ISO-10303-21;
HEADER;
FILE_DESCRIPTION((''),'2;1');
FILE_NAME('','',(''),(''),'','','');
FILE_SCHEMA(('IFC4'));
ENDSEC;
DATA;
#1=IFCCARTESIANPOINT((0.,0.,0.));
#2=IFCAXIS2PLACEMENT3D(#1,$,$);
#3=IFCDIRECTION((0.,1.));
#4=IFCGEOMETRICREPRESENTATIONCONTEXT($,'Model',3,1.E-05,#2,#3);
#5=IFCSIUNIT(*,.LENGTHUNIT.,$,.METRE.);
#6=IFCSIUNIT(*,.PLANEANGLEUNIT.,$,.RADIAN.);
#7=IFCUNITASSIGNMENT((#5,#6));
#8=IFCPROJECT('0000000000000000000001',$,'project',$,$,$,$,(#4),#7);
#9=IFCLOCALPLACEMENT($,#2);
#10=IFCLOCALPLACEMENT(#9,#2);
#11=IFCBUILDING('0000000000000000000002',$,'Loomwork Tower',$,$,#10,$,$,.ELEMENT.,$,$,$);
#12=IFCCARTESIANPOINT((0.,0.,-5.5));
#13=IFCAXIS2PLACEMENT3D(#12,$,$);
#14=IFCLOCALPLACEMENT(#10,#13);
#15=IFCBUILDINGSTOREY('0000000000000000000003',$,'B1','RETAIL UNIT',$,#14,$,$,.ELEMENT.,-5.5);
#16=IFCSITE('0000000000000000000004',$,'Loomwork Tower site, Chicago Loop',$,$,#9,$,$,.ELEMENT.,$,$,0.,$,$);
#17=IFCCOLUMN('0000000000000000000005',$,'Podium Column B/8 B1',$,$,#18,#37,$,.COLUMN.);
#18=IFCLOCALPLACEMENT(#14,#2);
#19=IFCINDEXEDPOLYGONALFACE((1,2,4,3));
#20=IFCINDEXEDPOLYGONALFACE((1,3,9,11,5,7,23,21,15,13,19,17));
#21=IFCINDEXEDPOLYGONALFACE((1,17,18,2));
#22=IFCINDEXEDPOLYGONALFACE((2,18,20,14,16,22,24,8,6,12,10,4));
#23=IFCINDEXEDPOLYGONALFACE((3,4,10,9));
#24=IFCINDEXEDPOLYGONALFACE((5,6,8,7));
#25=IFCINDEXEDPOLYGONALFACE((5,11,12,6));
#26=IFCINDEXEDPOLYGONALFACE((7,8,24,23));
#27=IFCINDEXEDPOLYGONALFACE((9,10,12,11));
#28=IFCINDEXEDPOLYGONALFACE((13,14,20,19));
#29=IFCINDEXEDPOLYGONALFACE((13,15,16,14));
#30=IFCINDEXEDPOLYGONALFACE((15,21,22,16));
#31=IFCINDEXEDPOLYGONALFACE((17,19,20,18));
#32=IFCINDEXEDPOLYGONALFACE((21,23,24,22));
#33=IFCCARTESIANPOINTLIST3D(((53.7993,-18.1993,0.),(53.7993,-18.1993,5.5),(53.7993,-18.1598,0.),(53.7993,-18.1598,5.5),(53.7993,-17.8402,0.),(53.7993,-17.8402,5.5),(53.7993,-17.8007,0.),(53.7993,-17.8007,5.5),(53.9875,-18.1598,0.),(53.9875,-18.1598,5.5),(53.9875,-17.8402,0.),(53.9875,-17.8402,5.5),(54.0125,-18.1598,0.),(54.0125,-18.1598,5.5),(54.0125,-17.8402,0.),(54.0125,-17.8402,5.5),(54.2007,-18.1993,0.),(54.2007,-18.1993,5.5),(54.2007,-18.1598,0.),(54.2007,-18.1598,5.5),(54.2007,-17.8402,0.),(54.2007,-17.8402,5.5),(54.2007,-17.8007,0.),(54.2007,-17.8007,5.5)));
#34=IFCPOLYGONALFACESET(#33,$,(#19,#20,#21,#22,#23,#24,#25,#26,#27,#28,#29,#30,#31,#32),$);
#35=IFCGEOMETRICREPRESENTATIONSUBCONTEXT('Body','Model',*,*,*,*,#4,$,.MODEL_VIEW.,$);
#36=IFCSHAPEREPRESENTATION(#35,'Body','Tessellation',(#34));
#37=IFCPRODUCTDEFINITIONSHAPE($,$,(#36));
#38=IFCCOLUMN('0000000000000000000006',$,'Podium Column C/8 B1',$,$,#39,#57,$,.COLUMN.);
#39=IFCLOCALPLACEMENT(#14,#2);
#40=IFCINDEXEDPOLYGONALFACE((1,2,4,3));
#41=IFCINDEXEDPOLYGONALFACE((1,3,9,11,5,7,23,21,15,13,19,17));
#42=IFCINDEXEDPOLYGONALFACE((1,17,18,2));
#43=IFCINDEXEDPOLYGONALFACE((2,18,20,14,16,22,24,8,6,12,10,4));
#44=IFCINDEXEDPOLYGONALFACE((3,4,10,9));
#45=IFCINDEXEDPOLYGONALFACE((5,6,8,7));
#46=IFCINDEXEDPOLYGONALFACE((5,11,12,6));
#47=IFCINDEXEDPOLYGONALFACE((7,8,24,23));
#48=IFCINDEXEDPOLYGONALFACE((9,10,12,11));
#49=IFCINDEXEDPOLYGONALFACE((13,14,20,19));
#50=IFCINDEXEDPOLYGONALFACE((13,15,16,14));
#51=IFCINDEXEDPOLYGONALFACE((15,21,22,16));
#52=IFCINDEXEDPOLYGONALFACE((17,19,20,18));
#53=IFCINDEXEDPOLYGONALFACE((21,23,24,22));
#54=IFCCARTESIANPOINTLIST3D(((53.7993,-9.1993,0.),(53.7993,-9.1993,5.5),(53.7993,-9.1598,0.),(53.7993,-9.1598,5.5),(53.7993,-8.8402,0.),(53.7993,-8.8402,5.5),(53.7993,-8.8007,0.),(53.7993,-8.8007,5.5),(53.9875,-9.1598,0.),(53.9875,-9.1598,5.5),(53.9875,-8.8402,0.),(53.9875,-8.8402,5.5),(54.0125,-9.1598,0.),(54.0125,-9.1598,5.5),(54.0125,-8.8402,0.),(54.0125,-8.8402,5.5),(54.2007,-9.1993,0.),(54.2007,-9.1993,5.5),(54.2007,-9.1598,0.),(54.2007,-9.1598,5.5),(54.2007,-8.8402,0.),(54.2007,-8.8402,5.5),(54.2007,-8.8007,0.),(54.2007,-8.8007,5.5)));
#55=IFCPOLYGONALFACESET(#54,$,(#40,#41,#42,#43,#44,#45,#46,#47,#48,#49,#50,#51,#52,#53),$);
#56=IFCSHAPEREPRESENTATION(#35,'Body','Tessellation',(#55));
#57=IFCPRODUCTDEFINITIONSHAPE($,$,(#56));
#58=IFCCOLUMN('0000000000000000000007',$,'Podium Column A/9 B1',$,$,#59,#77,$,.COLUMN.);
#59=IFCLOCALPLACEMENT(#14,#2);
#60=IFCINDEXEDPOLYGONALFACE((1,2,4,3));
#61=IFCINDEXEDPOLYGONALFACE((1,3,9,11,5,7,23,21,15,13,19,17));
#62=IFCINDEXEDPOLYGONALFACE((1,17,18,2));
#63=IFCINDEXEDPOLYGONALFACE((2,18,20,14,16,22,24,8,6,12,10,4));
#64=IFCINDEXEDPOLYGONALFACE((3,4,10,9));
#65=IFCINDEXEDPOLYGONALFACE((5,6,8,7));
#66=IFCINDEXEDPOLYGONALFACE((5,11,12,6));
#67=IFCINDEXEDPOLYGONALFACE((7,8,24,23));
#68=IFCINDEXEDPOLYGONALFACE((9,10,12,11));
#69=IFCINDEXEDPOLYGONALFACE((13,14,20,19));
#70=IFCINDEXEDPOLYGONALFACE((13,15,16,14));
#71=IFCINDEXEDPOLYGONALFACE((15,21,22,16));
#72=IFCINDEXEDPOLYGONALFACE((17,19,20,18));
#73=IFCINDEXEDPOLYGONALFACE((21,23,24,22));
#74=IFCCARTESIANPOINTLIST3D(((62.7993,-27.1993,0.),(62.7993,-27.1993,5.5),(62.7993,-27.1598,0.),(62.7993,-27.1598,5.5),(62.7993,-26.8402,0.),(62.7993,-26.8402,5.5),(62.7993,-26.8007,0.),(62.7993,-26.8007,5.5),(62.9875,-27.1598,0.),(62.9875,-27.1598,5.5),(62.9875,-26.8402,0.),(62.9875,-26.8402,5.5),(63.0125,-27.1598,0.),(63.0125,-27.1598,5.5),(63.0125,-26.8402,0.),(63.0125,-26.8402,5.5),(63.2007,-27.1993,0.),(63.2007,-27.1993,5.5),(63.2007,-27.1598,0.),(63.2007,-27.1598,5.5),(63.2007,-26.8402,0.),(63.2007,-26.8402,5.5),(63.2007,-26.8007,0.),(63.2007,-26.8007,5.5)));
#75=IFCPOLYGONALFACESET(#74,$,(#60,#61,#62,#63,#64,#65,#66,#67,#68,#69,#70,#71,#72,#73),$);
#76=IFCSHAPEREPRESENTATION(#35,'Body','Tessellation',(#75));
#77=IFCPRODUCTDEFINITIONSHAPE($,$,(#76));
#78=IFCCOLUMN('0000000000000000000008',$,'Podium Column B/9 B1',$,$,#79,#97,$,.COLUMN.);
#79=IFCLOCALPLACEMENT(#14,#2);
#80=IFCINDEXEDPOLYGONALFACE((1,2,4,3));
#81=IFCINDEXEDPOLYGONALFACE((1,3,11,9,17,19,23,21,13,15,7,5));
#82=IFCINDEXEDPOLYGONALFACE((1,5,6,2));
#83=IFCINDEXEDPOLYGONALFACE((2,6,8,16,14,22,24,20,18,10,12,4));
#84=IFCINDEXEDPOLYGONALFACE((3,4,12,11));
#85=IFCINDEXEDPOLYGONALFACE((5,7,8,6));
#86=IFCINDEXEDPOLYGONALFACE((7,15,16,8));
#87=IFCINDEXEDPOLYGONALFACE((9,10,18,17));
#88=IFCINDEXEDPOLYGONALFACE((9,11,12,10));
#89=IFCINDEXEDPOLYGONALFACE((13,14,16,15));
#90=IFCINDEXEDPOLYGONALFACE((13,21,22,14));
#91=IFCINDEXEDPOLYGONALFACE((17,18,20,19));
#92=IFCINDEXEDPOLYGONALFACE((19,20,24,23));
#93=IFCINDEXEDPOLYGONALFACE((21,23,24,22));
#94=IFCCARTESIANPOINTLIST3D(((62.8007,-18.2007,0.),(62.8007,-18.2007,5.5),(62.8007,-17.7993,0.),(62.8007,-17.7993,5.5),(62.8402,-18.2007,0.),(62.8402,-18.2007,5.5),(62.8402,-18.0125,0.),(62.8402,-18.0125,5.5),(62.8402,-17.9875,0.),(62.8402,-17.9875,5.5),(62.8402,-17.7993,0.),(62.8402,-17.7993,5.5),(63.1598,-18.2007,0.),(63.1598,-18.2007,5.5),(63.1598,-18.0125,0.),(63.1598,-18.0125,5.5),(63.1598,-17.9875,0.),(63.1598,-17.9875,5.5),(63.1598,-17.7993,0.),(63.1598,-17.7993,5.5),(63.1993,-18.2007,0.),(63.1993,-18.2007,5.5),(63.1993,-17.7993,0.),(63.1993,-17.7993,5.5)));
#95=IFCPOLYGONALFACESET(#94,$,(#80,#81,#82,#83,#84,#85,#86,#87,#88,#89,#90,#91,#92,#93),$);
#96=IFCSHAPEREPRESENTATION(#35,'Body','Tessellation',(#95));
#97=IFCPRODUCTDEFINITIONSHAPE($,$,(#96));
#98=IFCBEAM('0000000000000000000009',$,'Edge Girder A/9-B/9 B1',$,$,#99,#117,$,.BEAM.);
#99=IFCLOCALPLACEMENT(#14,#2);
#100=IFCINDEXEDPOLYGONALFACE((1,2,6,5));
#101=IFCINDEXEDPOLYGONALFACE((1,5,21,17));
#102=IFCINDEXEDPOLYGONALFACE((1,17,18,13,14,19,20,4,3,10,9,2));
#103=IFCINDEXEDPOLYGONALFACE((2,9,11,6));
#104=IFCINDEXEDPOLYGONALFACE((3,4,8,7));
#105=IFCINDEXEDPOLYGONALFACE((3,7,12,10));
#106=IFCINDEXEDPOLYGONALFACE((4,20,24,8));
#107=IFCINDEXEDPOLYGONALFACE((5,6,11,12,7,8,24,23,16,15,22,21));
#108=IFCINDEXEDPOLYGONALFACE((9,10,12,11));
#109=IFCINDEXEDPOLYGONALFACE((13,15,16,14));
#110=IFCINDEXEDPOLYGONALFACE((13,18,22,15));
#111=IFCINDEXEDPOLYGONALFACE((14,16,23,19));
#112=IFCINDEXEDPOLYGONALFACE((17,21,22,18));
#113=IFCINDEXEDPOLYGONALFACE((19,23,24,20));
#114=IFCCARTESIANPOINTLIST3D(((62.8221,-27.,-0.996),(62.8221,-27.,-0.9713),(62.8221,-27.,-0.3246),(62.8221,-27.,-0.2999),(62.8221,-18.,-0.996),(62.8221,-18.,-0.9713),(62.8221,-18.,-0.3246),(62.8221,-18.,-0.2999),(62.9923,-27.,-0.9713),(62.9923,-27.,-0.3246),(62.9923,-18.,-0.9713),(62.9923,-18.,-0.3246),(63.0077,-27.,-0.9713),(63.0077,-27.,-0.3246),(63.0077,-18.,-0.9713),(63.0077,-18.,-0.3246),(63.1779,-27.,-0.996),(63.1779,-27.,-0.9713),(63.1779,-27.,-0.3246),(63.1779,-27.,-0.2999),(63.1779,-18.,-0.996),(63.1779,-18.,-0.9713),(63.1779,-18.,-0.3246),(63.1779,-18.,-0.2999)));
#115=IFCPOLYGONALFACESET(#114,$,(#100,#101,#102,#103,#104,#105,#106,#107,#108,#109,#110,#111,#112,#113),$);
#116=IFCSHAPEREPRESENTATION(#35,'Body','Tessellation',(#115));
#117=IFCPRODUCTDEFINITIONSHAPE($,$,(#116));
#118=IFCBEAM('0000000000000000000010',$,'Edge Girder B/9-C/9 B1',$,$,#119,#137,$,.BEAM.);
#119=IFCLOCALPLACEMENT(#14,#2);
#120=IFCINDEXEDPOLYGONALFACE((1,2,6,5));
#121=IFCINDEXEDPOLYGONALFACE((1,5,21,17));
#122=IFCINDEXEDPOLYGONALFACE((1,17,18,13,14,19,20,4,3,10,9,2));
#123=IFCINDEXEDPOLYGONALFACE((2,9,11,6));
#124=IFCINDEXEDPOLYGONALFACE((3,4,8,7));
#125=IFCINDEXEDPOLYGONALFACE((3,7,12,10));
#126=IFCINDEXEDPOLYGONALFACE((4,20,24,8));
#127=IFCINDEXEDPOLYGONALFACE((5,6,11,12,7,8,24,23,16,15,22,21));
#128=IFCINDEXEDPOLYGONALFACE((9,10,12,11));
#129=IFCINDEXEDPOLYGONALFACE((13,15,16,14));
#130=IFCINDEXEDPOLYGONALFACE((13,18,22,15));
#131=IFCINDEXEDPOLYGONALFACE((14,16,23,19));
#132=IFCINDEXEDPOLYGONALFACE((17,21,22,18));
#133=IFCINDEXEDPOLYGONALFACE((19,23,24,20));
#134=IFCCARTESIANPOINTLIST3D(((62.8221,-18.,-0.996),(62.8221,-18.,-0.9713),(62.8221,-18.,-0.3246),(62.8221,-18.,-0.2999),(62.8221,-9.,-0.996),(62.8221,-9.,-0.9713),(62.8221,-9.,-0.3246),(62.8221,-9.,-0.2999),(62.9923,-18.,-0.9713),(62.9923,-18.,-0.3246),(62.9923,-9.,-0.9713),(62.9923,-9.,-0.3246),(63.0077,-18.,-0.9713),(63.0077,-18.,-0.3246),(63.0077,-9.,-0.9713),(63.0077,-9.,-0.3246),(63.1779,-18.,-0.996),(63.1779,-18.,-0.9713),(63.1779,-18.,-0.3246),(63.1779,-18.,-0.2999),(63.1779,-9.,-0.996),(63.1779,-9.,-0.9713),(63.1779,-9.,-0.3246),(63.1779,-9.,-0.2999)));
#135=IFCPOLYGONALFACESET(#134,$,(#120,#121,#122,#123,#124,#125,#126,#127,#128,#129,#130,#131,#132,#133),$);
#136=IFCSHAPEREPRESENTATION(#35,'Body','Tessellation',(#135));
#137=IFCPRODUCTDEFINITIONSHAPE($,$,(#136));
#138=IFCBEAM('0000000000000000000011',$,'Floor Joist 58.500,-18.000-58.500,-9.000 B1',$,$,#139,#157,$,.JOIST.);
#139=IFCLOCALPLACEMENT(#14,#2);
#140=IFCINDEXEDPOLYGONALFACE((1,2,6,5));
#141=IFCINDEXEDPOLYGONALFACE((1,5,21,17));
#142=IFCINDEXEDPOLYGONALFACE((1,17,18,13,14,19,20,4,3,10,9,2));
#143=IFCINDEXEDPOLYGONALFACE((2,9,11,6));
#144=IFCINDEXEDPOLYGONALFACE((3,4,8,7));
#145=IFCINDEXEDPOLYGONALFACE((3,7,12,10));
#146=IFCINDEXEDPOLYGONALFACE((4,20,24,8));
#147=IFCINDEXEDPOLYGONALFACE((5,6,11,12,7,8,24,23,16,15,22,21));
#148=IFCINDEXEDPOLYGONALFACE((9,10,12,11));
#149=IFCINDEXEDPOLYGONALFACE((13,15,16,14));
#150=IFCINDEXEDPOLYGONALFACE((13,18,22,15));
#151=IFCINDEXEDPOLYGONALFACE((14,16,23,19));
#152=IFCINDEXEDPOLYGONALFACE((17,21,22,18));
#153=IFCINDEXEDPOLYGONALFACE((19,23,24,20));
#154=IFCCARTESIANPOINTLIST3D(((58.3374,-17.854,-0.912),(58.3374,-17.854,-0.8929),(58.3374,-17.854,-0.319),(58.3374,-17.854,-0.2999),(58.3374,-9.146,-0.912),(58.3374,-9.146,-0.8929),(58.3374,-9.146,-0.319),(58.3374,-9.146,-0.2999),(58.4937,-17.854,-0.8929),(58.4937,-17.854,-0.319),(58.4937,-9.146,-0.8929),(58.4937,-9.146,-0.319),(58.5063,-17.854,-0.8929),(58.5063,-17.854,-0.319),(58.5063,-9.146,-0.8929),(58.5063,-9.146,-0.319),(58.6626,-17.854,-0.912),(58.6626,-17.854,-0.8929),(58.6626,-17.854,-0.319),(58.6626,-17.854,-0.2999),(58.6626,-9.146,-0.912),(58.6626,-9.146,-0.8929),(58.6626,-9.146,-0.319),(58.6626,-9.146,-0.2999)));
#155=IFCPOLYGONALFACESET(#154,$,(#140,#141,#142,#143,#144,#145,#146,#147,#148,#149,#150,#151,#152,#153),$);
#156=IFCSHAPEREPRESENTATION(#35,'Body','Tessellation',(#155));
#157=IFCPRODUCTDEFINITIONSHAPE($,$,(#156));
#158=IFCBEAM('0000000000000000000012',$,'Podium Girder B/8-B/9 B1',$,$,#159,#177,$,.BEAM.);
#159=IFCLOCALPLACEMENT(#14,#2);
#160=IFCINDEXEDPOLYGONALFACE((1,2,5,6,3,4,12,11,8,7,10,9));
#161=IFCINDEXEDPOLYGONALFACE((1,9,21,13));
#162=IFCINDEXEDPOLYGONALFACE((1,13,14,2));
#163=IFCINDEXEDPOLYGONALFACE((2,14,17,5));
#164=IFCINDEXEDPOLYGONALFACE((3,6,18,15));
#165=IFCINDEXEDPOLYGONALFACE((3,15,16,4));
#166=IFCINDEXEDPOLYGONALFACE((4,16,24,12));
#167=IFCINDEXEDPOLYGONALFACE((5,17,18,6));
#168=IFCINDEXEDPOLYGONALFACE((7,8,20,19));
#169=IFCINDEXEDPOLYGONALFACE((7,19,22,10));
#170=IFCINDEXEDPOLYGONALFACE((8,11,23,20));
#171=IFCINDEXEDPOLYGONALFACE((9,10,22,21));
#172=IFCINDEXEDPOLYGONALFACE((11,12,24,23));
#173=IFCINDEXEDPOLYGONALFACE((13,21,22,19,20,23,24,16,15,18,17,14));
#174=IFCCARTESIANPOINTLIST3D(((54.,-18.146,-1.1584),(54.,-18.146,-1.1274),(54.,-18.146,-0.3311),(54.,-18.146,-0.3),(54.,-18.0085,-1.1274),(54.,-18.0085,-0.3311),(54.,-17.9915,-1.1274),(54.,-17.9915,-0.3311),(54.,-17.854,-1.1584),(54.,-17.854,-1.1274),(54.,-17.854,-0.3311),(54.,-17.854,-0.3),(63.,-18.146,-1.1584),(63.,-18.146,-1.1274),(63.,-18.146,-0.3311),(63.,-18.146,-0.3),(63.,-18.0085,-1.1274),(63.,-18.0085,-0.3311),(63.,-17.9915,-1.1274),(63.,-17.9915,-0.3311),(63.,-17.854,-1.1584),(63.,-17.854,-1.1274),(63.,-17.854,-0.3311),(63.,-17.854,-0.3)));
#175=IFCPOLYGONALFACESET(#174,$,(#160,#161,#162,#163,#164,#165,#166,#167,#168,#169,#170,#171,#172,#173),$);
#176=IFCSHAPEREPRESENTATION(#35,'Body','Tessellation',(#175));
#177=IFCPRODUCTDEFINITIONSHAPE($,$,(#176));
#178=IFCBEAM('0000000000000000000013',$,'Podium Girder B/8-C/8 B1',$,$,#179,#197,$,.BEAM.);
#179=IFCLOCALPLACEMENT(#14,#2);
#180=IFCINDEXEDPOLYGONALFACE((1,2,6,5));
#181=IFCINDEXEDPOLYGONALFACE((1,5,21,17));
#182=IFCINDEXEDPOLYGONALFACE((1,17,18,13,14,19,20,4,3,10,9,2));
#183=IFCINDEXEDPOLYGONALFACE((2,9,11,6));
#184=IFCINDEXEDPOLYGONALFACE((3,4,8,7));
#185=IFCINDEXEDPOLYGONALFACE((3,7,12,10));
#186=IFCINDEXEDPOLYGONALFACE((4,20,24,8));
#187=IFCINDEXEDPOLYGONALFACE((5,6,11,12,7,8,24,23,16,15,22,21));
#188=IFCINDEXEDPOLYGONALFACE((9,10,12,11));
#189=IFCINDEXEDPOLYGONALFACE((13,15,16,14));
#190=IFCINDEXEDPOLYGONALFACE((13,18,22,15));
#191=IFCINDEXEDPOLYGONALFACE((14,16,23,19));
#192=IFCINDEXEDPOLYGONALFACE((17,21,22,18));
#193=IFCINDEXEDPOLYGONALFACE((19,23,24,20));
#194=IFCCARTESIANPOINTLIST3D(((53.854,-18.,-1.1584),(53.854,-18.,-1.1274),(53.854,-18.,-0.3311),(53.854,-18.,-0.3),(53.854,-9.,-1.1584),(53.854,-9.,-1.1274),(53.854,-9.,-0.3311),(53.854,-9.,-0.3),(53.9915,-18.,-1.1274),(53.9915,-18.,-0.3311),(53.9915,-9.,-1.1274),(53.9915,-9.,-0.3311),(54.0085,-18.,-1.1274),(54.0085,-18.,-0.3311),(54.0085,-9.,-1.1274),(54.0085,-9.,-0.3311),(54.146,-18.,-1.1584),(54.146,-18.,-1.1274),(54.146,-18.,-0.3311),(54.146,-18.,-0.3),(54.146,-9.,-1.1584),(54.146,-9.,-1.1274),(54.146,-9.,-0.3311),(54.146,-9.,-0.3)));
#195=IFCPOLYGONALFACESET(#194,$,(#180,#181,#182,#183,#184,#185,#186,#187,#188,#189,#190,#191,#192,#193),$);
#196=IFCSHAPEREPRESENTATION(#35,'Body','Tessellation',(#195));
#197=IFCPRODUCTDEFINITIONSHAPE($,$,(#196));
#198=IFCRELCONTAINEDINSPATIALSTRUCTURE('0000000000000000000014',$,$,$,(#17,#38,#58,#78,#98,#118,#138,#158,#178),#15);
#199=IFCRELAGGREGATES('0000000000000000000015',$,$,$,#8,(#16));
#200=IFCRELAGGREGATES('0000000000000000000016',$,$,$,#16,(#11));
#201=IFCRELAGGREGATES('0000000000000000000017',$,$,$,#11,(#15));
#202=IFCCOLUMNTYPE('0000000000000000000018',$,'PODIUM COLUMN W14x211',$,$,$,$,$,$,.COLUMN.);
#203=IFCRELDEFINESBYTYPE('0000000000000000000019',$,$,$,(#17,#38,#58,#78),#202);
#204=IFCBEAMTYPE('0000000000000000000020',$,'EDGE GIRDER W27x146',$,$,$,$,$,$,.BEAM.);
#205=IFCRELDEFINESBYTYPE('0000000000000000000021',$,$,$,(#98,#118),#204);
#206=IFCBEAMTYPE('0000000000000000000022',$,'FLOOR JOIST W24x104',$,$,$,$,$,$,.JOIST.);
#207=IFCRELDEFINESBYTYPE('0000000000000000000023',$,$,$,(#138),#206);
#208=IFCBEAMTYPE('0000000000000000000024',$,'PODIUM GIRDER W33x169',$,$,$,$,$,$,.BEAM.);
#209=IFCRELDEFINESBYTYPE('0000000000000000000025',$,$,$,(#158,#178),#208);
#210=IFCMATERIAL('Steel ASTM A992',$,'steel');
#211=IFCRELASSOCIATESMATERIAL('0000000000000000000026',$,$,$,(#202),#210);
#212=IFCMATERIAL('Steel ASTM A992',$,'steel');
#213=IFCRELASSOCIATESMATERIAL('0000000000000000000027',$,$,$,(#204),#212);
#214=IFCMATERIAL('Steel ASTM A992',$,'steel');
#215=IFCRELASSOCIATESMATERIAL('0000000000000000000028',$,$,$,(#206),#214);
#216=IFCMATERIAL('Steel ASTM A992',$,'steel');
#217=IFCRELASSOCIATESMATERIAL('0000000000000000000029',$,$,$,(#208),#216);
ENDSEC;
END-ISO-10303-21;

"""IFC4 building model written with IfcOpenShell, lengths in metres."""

from ifc_helpers import new_model, si_unit, direction, frame, origin, origin_2d, place, context, subcontext, project, spatial, i_section, extrude, material, material_profile, profile_set, type_object, element, save


model = new_model("IFC4")

# Units and contexts
model_context = context("Model", 3, precision=1e-05, world=origin(), true_north=direction((0.0, 1.0)))
body_context = subcontext(model_context, "Body", "Model", "MODEL_VIEW")
ifc_project = project(units=[si_unit("LENGTHUNIT", "METRE"), si_unit("PLANEANGLEUNIT", "RADIAN")], contexts=[model_context])

# Site, building, storey
site_placement = place(None, origin())
site = spatial("IfcSite", under=ifc_project, at=site_placement, Name="Loomwork Tower site, Chicago Loop", CompositionType="ELEMENT", RefElevation=0.0)
building_placement = place(site_placement, origin())
building = spatial("IfcBuilding", under=site, at=building_placement, Name="Loomwork Tower", CompositionType="ELEMENT")
storey_placement = place(building_placement, frame((0.0, 0.0, -5.5)))
storey = spatial("IfcBuildingStorey", under=building, at=storey_placement, Name="B1", Description="RETAIL UNIT", CompositionType="ELEMENT", Elevation=-5.5)

# Columns
ifc_material_1 = material(Name="Steel ASTM A992", Category="steel")
ifc_material_profile_1 = material_profile(ifc_material_1, i_section(OverallWidth=0.4014, OverallDepth=0.3987, WebThickness=0.0249, FlangeThickness=0.0396, at=origin_2d()), Name="W14x211")
ifc_profile_set_1 = profile_set([ifc_material_profile_1], Name="Steel ASTM A992")
column_type = type_object("IfcColumnType", Name="PODIUM COLUMN W14x211", PredefinedType="COLUMN", material=ifc_profile_set_1)
for number, where, z_axis, x_axis, name in (
    (1, (54.0, -18.0, 0.0), (0.0, 0.0, 1.0), (1.0, 0.0, 0.0), "Podium Column B/8 B1"),
    (2, (54.0, -9.0, 0.0), (0.0, 0.0, 1.0), (1.0, 0.0, 0.0), "Podium Column C/8 B1"),
    (3, (63.0, -27.0, 0.0), (0.0, 0.0, 1.0), (1.0, 0.0, 0.0), "Podium Column A/9 B1"),
    (4, (63.0, -18.0, 0.0), (0.0, 0.0, 1.0), (0.0, 1.0, 0.0), "Podium Column B/9 B1"),
):
    element("IfcColumn", number, at=place(storey_placement, frame(where, z_axis=z_axis, x_axis=x_axis)), inside=storey, type_object=column_type, Name=name, PredefinedType="COLUMN", context=body_context, shape_type="SweptSolid", body=[
        extrude(i_section(OverallWidth=0.4014, OverallDepth=0.3987, WebThickness=0.0249, FlangeThickness=0.0396, at=origin_2d()), origin(), (0.0, 0.0, 1.0), 5.5),
    ])

# Beams
ifc_material_2 = material(Name="Steel ASTM A992", Category="steel")
ifc_material_profile_2 = material_profile(ifc_material_2, i_section(OverallWidth=0.3557, OverallDepth=0.696, WebThickness=0.0154, FlangeThickness=0.0247, at=origin_2d()), Name="W27x146")
ifc_profile_set_2 = profile_set([ifc_material_profile_2], Name="Steel ASTM A992")
beam_type_1 = type_object("IfcBeamType", Name="EDGE GIRDER W27x146", PredefinedType="BEAM", material=ifc_profile_set_2)
for number, where, z_axis, x_axis, name in (
    (5, (63.0, -27.0, -0.6479), (0.0, 1.0, 0.0), (-1.0, 0.0, 0.0), "Edge Girder A/9-B/9 B1"),
    (6, (63.0, -18.0, -0.6479), (0.0, 1.0, 0.0), (-1.0, 0.0, 0.0), "Edge Girder B/9-C/9 B1"),
):
    element("IfcBeam", number, at=place(storey_placement, frame(where, z_axis=z_axis, x_axis=x_axis)), inside=storey, type_object=beam_type_1, Name=name, PredefinedType="BEAM", context=body_context, shape_type="SweptSolid", body=[
        extrude(i_section(OverallWidth=0.3557, OverallDepth=0.696, WebThickness=0.0154, FlangeThickness=0.0247, at=origin_2d()), origin(), (0.0, 0.0, 1.0), 9.0),
    ])
ifc_material_3 = material(Name="Steel ASTM A992", Category="steel")
ifc_material_profile_3 = material_profile(ifc_material_3, i_section(OverallWidth=0.3252, OverallDepth=0.6121, WebThickness=0.0127, FlangeThickness=0.019, at=origin_2d()), Name="W24x104")
ifc_profile_set_3 = profile_set([ifc_material_profile_3], Name="Steel ASTM A992")
beam_type_2 = type_object("IfcBeamType", Name="FLOOR JOIST W24x104", PredefinedType="JOIST", material=ifc_profile_set_3)
beam_placement = place(storey_placement, frame((58.5, -17.854, -0.606), z_axis=(0.0, 1.0, 0.0), x_axis=(-1.0, 0.0, 0.0)))
element("IfcBeam", 7, at=beam_placement, inside=storey, type_object=beam_type_2, Name="Floor Joist 58.500,-18.000-58.500,-9.000 B1", PredefinedType="JOIST", context=body_context, shape_type="SweptSolid", body=[
    extrude(i_section(OverallWidth=0.3252, OverallDepth=0.6121, WebThickness=0.0127, FlangeThickness=0.019, at=origin_2d()), origin(), (0.0, 0.0, 1.0), 8.708),
])
ifc_material_4 = material(Name="Steel ASTM A992", Category="steel")
ifc_material_profile_4 = material_profile(ifc_material_4, i_section(OverallWidth=0.292, OverallDepth=0.8584, WebThickness=0.0171, FlangeThickness=0.031, at=origin_2d()), Name="W33x169")
ifc_profile_set_4 = profile_set([ifc_material_profile_4], Name="Steel ASTM A992")
beam_type_3 = type_object("IfcBeamType", Name="PODIUM GIRDER W33x169", PredefinedType="BEAM", material=ifc_profile_set_4)
for number, where, z_axis, x_axis, name in (
    (8, (54.0, -18.0, -0.7292), (1.0, 0.0, 0.0), (0.0, 1.0, 0.0), "Podium Girder B/8-B/9 B1"),
    (9, (54.0, -18.0, -0.7292), (0.0, 1.0, 0.0), (-1.0, 0.0, 0.0), "Podium Girder B/8-C/8 B1"),
):
    element("IfcBeam", number, at=place(storey_placement, frame(where, z_axis=z_axis, x_axis=x_axis)), inside=storey, type_object=beam_type_3, Name=name, PredefinedType="BEAM", context=body_context, shape_type="SweptSolid", body=[
        extrude(i_section(OverallWidth=0.292, OverallDepth=0.8584, WebThickness=0.0171, FlangeThickness=0.031, at=origin_2d()), origin(), (0.0, 0.0, 1.0), 9.0),
    ])

save(model, "model.ifc")
